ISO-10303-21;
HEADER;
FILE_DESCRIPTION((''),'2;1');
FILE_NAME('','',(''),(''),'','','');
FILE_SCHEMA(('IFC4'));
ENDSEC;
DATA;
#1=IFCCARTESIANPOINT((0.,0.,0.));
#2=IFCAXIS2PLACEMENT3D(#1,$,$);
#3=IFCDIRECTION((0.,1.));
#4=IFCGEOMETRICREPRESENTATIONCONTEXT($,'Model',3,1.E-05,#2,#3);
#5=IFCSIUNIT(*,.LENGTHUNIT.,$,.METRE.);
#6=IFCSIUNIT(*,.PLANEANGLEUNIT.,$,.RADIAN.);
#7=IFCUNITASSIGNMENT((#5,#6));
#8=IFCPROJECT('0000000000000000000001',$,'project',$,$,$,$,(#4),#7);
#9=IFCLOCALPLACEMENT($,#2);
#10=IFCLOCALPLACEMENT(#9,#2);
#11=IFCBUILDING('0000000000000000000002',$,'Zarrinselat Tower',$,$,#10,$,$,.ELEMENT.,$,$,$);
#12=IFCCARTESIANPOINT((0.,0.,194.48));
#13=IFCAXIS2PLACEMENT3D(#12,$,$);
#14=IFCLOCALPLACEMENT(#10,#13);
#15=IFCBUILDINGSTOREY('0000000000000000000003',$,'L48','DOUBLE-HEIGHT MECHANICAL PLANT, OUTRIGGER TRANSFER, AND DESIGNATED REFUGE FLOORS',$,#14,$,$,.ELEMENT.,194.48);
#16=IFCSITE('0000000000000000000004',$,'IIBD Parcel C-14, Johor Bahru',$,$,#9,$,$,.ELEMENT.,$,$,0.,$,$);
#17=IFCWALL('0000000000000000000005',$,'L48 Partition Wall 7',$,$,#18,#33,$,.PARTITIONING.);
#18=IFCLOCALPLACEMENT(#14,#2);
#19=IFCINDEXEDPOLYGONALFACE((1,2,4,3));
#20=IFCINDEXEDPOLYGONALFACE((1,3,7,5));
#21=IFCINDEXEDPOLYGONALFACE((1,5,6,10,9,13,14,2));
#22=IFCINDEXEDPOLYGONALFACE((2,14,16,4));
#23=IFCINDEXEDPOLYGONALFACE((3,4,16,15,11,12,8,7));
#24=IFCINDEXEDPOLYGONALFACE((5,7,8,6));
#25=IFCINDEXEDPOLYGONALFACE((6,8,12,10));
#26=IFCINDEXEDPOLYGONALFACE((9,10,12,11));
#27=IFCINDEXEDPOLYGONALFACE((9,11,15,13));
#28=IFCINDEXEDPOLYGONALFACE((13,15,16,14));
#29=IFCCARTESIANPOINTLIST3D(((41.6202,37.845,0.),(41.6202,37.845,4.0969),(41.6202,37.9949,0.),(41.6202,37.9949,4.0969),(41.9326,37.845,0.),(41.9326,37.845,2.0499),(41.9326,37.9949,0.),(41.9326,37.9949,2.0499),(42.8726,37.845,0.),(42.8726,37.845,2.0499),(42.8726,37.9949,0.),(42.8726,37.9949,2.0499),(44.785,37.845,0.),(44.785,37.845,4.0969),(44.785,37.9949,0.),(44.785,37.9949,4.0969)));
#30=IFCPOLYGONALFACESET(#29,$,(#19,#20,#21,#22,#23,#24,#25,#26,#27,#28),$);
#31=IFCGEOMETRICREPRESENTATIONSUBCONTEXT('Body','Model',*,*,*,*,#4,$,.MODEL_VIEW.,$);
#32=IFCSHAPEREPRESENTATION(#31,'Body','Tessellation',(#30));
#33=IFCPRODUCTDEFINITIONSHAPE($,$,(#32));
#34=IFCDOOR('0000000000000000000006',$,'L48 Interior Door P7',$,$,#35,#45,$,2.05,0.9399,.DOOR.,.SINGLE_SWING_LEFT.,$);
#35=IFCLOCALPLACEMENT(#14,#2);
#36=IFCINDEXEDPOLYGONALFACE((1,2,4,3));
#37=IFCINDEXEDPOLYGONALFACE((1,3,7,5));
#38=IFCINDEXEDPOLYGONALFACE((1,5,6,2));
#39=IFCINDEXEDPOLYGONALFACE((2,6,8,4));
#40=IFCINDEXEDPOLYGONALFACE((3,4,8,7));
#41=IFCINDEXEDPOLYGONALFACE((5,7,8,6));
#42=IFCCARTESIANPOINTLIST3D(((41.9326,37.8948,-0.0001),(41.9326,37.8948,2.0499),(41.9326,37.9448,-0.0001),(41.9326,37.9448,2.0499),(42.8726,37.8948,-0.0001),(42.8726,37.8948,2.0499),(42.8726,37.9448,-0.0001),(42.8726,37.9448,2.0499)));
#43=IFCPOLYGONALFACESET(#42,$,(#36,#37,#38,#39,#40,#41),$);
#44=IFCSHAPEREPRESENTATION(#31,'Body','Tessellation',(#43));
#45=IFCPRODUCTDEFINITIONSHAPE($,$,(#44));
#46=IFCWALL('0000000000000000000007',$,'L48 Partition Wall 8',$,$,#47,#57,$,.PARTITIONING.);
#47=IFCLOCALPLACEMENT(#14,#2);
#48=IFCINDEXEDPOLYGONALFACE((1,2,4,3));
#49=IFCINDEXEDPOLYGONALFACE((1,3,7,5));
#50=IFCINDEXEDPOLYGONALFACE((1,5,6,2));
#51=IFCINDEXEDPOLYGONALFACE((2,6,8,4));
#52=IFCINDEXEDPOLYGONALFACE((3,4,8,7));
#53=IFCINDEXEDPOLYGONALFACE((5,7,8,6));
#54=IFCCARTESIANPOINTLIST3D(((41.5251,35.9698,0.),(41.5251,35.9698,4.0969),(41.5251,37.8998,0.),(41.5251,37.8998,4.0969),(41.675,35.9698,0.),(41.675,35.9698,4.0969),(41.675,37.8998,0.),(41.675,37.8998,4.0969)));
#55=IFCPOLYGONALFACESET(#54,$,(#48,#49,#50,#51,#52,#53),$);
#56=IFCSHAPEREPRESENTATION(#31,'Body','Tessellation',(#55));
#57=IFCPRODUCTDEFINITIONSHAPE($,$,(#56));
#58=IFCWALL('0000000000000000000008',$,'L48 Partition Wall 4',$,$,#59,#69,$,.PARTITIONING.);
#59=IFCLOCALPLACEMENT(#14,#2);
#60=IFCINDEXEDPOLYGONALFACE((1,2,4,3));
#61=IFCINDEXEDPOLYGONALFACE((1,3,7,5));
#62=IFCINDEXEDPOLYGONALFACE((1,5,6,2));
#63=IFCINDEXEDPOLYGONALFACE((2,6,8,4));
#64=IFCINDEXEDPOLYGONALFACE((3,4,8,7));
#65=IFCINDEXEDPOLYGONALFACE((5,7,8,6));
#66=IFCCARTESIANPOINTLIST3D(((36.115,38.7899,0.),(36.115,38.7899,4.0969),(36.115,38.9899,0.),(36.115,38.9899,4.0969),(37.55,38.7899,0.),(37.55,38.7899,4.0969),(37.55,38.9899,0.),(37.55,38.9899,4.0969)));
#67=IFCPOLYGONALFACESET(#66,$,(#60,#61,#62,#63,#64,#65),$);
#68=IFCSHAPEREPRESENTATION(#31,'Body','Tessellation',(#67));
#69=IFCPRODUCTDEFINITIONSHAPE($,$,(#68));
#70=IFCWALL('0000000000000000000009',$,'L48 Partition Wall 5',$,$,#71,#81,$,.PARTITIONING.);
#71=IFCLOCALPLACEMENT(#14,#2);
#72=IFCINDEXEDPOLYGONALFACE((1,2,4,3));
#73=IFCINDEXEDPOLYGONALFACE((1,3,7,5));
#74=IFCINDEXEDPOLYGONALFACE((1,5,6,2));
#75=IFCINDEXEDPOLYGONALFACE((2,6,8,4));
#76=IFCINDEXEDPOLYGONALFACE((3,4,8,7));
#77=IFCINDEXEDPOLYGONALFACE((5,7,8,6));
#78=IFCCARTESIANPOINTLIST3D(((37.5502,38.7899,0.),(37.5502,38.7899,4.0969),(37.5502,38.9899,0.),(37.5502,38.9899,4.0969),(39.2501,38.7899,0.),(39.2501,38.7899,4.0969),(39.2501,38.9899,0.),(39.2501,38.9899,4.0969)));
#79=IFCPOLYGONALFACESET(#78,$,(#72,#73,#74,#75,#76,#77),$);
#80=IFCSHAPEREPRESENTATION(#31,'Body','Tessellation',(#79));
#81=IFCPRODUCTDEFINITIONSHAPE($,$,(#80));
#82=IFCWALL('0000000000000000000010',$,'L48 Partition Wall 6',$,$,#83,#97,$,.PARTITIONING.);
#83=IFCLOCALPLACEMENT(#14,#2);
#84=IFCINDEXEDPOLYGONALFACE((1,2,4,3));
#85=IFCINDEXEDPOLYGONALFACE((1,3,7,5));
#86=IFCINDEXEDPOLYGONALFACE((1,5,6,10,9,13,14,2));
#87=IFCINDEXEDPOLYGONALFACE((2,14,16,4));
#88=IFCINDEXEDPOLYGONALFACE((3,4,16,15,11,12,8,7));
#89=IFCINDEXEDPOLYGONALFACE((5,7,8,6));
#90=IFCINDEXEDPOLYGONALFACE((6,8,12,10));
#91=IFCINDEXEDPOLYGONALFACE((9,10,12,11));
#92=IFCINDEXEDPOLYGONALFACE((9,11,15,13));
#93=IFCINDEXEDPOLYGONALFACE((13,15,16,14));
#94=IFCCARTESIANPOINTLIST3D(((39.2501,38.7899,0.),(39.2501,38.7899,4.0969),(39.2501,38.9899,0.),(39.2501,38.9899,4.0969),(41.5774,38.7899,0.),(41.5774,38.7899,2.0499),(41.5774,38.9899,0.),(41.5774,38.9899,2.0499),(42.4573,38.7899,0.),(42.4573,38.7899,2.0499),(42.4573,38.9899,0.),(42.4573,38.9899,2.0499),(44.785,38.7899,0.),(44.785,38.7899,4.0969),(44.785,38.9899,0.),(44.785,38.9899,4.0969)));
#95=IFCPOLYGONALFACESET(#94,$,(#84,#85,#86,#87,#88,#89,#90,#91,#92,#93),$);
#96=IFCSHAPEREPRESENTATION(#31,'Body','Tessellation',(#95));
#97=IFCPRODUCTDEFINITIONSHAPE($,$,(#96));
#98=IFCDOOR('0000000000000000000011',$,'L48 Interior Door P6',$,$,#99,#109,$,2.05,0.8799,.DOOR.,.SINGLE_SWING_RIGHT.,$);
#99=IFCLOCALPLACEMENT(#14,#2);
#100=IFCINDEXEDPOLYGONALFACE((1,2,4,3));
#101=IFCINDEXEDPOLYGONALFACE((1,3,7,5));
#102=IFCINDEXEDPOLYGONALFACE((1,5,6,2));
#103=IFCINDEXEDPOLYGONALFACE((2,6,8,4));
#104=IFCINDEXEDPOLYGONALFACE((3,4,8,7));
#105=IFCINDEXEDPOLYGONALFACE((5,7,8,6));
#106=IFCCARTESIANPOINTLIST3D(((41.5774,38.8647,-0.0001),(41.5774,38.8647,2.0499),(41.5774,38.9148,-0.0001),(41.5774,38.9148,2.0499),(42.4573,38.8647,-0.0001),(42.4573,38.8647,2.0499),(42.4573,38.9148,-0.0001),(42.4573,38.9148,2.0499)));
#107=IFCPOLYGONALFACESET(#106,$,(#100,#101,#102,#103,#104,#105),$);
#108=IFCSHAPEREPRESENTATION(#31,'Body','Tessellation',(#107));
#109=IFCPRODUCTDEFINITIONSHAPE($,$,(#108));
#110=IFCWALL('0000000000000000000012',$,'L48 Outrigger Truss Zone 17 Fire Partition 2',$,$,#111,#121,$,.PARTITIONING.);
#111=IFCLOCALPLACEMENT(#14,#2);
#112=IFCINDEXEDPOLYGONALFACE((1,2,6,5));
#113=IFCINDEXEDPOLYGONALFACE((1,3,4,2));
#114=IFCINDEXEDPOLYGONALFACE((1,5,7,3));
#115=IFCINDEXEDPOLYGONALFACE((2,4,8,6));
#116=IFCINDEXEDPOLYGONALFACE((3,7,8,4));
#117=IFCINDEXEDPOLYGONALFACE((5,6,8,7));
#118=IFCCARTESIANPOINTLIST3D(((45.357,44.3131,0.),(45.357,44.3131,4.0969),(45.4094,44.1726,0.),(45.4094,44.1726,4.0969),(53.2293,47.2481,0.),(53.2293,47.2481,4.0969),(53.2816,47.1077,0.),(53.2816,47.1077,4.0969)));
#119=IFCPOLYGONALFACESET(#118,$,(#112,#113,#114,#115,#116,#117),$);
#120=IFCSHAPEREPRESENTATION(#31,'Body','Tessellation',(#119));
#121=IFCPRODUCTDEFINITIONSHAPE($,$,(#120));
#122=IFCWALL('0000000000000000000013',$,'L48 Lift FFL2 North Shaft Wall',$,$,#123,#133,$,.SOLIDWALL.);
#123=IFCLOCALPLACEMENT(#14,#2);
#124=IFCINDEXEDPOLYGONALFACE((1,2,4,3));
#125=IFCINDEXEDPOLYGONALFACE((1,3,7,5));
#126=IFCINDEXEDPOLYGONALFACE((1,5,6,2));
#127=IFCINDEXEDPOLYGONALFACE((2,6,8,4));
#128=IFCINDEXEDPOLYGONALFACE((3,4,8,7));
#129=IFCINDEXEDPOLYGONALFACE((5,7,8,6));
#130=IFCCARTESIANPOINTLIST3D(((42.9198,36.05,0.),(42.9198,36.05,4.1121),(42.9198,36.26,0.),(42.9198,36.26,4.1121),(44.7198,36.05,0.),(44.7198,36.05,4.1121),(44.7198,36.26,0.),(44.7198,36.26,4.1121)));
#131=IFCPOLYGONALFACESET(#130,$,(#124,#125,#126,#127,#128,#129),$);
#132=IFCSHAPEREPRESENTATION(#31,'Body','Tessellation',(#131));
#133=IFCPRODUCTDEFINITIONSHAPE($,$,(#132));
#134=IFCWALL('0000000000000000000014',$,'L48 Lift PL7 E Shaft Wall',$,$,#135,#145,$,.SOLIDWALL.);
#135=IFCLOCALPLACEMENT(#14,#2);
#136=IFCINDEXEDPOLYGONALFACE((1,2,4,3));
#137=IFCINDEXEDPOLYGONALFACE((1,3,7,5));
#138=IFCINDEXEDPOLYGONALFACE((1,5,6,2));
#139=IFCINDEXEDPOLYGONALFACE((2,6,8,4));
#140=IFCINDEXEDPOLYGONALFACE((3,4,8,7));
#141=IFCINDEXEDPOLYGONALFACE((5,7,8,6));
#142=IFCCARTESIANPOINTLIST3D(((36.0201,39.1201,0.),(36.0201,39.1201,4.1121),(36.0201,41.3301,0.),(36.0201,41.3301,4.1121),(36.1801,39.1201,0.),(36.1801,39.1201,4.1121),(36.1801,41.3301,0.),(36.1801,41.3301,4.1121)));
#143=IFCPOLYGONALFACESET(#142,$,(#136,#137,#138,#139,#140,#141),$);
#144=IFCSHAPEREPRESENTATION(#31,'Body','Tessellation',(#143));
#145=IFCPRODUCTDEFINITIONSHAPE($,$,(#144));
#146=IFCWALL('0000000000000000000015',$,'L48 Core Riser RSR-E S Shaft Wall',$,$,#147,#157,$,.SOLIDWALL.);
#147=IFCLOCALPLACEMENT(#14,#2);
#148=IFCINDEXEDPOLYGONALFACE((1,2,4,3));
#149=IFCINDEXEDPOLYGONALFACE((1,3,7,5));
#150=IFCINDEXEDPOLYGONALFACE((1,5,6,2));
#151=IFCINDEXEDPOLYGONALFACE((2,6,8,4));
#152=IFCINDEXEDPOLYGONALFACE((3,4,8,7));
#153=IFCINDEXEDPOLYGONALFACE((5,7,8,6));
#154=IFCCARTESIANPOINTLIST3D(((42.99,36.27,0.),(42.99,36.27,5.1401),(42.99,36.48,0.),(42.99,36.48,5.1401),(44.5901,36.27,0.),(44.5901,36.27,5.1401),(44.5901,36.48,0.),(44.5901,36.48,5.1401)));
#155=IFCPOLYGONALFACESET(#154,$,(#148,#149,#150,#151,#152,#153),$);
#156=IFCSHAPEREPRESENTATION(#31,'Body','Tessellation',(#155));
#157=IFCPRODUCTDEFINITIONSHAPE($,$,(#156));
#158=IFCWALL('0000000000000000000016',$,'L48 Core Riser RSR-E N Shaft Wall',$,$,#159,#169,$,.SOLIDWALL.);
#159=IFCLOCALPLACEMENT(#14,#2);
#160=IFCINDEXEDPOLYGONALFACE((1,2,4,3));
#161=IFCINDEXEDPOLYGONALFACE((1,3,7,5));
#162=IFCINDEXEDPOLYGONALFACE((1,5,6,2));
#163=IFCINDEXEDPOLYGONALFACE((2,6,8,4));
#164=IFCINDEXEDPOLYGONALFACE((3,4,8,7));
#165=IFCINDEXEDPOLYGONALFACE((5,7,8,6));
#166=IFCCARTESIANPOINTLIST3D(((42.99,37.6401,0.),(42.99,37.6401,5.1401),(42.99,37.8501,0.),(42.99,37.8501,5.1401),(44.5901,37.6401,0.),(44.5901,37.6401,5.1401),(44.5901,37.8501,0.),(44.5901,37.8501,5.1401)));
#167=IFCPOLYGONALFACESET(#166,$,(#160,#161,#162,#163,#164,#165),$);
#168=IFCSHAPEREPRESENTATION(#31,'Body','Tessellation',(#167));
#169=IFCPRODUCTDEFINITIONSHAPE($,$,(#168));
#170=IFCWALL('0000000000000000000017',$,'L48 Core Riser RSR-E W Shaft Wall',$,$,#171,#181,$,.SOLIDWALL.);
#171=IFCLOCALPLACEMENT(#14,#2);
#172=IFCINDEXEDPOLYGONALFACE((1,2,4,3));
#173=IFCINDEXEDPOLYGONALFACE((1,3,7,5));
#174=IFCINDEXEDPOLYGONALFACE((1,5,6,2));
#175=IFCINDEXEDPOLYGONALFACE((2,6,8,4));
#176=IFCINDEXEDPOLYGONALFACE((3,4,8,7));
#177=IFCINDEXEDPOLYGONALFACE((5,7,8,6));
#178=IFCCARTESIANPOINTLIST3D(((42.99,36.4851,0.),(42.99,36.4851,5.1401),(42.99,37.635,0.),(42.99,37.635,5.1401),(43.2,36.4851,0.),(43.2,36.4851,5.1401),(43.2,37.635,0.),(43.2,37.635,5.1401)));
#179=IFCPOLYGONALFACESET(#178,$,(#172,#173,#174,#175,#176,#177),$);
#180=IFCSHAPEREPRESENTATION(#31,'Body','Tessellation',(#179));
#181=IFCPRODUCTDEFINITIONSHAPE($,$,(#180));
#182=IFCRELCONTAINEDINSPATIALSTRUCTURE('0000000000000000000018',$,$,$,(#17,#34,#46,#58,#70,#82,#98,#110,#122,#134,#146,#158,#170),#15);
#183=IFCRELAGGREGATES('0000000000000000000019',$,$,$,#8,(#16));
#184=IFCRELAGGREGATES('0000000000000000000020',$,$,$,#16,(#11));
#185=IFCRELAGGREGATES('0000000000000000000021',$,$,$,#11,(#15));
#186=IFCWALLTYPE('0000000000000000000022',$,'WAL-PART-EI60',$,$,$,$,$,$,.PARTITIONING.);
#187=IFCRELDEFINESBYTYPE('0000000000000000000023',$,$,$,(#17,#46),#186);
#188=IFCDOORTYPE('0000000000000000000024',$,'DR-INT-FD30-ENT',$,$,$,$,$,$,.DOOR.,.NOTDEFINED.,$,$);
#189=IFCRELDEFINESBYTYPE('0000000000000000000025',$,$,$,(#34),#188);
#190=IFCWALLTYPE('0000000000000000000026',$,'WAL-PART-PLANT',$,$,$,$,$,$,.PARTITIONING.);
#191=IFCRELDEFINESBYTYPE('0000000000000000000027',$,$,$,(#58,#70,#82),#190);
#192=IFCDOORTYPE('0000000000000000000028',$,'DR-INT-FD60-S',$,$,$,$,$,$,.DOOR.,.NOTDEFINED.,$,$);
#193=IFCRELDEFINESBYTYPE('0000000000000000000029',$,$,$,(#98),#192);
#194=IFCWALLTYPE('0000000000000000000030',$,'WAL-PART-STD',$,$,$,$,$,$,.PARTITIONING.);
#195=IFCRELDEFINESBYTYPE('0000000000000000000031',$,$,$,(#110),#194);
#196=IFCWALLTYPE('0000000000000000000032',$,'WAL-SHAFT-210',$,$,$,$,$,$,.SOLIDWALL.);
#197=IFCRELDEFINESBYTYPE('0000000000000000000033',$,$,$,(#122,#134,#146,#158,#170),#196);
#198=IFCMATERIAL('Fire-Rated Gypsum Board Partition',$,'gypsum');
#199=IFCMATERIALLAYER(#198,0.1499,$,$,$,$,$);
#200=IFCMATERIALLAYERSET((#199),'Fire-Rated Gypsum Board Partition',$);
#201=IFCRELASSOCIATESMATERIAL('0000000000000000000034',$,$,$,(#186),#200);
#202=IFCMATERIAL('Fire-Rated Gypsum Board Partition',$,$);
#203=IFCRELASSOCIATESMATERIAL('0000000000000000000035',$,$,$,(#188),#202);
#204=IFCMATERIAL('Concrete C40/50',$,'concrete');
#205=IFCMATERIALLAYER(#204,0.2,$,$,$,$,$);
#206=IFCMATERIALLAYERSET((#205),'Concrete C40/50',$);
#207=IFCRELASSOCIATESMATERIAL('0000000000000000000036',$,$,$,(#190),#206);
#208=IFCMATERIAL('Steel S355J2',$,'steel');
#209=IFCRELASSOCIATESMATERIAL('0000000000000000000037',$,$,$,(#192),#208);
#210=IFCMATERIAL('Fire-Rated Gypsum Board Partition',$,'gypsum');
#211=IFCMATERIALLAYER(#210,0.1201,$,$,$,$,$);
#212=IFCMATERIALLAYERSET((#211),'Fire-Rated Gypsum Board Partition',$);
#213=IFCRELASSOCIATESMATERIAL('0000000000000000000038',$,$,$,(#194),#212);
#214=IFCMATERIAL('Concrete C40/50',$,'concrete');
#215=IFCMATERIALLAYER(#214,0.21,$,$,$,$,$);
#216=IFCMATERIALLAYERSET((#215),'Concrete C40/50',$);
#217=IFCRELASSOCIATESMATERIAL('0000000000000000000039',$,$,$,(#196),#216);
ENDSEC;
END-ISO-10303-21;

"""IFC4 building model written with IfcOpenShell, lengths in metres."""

from ifc_helpers import new_model, si_unit, direction, frame, frame_2d, origin, place, context, subcontext, project, spatial, rectangle, extrude, material, layer, layer_set, type_object, element, fill, save


model = new_model("IFC4")

# Units and contexts
model_context = context("Model", 3, precision=1e-05, world=origin(), true_north=direction((0.0, 1.0)))
body_context = subcontext(model_context, "Body", "Model", "MODEL_VIEW")
ifc_project = project(units=[si_unit("LENGTHUNIT", "METRE"), si_unit("PLANEANGLEUNIT", "RADIAN")], contexts=[model_context])

# Site, building, storey
site_placement = place(None, origin())
site = spatial("IfcSite", under=ifc_project, at=site_placement, Name="IIBD Parcel C-14, Johor Bahru", CompositionType="ELEMENT", RefElevation=0.0)
building_placement = place(site_placement, origin())
building = spatial("IfcBuilding", under=site, at=building_placement, Name="Zarrinselat Tower", CompositionType="ELEMENT")
storey_placement = place(building_placement, frame((0.0, 0.0, 194.48)))
storey = spatial("IfcBuildingStorey", under=building, at=storey_placement, Name="L48", Description="DOUBLE-HEIGHT MECHANICAL PLANT, OUTRIGGER TRANSFER, AND DESIGNATED REFUGE FLOORS", CompositionType="ELEMENT", Elevation=194.48)

# Wall, opening, door
ifc_material_1 = material(Name="Fire-Rated Gypsum Board Partition", Category="gypsum")
ifc_layer_1 = layer(ifc_material_1, 0.1499)
ifc_layer_set_1 = layer_set([ifc_layer_1], Name="Fire-Rated Gypsum Board Partition")
wall_type_1 = type_object("IfcWallType", Name="WAL-PART-EI60", PredefinedType="PARTITIONING", material=ifc_layer_set_1)
wall_1_placement = place(storey_placement, frame((41.6201, 37.9199, 0.0), z_axis=(0.0, 0.0, 1.0), x_axis=(1.0, 0.0, 0.0)))
wall_1 = element("IfcWall", 1, at=wall_1_placement, inside=storey, type_object=wall_type_1, Name="L48 Partition Wall 7", PredefinedType="PARTITIONING", context=body_context, shape_type="SweptSolid", body=[
    extrude(rectangle(XDim=3.1648, YDim=0.1499, at=frame_2d((1.5825, 0.0))), origin(), (0.0, 0.0, 1.0), 4.0969),
])
opening_1_placement = place(wall_1_placement, frame((0.3125, 0.0, 0.0)))
opening_1 = element("IfcOpeningElement", 2, at=opening_1_placement, cuts=wall_1, PredefinedType="OPENING", context=body_context, shape_type="SweptSolid", body=[
    extrude(rectangle(XDim=0.9399, YDim=2.05, at=frame_2d((0.47, 1.0249))), frame((0.0, 0.085, 0.0), z_axis=(0.0, -1.0, 0.0), x_axis=(1.0, 0.0, 0.0)), (0.0, 0.0, 1.0), 0.1699),
])
ifc_material_2 = material(Name="Fire-Rated Gypsum Board Partition")
door_type_1 = type_object("IfcDoorType", Name="DR-INT-FD30-ENT", OperationType="NOTDEFINED", PredefinedType="DOOR", material=ifc_material_2)
door_1_placement = place(opening_1_placement, origin())
door_1 = element("IfcDoor", 3, at=door_1_placement, inside=storey, type_object=door_type_1, Name="L48 Interior Door P7", OperationType="SINGLE_SWING_LEFT", OverallHeight=2.05, OverallWidth=0.9399, PredefinedType="DOOR", context=body_context, shape_type="SweptSolid", body=[
    extrude(rectangle(XDim=0.9399, YDim=2.05, at=frame_2d((0.47, 1.0249))), frame((0.0, 0.0249, 0.0), z_axis=(0.0, -1.0, 0.0), x_axis=(1.0, 0.0, 0.0)), (0.0, 0.0, 1.0), 0.05),
])
fill(opening_1, door_1)

# Walls
wall_2_placement = place(storey_placement, frame((41.6001, 35.97, 0.0), z_axis=(0.0, 0.0, 1.0), x_axis=(0.0, 1.0, 0.0)))
element("IfcWall", 4, at=wall_2_placement, inside=storey, type_object=wall_type_1, Name="L48 Partition Wall 8", PredefinedType="PARTITIONING", context=body_context, shape_type="SweptSolid", body=[
    extrude(rectangle(XDim=1.9299, YDim=0.1499, at=frame_2d((0.9648, 0.0))), origin(), (0.0, 0.0, 1.0), 4.0969),
])
ifc_material_3 = material(Name="Concrete C40/50", Category="concrete")
ifc_layer_2 = layer(ifc_material_3, 0.2)
ifc_layer_set_2 = layer_set([ifc_layer_2], Name="Concrete C40/50")
wall_type_2 = type_object("IfcWallType", Name="WAL-PART-PLANT", PredefinedType="PARTITIONING", material=ifc_layer_set_2)
wall_3_placement = place(storey_placement, frame((36.115, 38.8899, 0.0), z_axis=(0.0, 0.0, 1.0), x_axis=(1.0, 0.0, 0.0)))
element("IfcWall", 5, at=wall_3_placement, inside=storey, type_object=wall_type_2, Name="L48 Partition Wall 4", PredefinedType="PARTITIONING", context=body_context, shape_type="SweptSolid", body=[
    extrude(rectangle(XDim=1.4351, YDim=0.2, at=frame_2d((0.7175, 0.0))), origin(), (0.0, 0.0, 1.0), 4.0969),
])
wall_4_placement = place(storey_placement, frame((37.55, 38.8899, 0.0), z_axis=(0.0, 0.0, 1.0), x_axis=(1.0, 0.0, 0.0)))
element("IfcWall", 6, at=wall_4_placement, inside=storey, type_object=wall_type_2, Name="L48 Partition Wall 5", PredefinedType="PARTITIONING", context=body_context, shape_type="SweptSolid", body=[
    extrude(rectangle(XDim=1.7, YDim=0.2, at=frame_2d((0.8501, 0.0))), origin(), (0.0, 0.0, 1.0), 4.0969),
])

# Wall, opening, door
wall_5_placement = place(storey_placement, frame((39.25, 38.8899, 0.0), z_axis=(0.0, 0.0, 1.0), x_axis=(1.0, 0.0, 0.0)))
wall_5 = element("IfcWall", 7, at=wall_5_placement, inside=storey, type_object=wall_type_2, Name="L48 Partition Wall 6", PredefinedType="PARTITIONING", context=body_context, shape_type="SweptSolid", body=[
    extrude(rectangle(XDim=5.5349, YDim=0.2, at=frame_2d((2.7676, 0.0))), origin(), (0.0, 0.0, 1.0), 4.0969),
])
opening_2_placement = place(wall_5_placement, frame((2.3274, 0.0, 0.0)))
opening_2 = element("IfcOpeningElement", 8, at=opening_2_placement, cuts=wall_5, PredefinedType="OPENING", context=body_context, shape_type="SweptSolid", body=[
    extrude(rectangle(XDim=0.8799, YDim=2.05, at=frame_2d((0.4399, 1.0249))), frame((0.0, 0.1099, 0.0), z_axis=(0.0, -1.0, 0.0), x_axis=(1.0, 0.0, 0.0)), (0.0, 0.0, 1.0), 0.22),
])
ifc_material_4 = material(Name="Steel S355J2", Category="steel")
door_type_2 = type_object("IfcDoorType", Name="DR-INT-FD60-S", OperationType="NOTDEFINED", PredefinedType="DOOR", material=ifc_material_4)
door_2_placement = place(opening_2_placement, origin())
door_2 = element("IfcDoor", 9, at=door_2_placement, inside=storey, type_object=door_type_2, Name="L48 Interior Door P6", OperationType="SINGLE_SWING_RIGHT", OverallHeight=2.05, OverallWidth=0.8799, PredefinedType="DOOR", context=body_context, shape_type="SweptSolid", body=[
    extrude(rectangle(XDim=0.8799, YDim=2.05, at=frame_2d((0.4399, 1.0249))), frame((0.0, 0.0249, 0.0), z_axis=(0.0, -1.0, 0.0), x_axis=(1.0, 0.0, 0.0)), (0.0, 0.0, 1.0), 0.05),
])
fill(opening_2, door_2)

# Walls
ifc_material_5 = material(Name="Fire-Rated Gypsum Board Partition", Category="gypsum")
ifc_layer_3 = layer(ifc_material_5, 0.1201)
ifc_layer_set_3 = layer_set([ifc_layer_3], Name="Fire-Rated Gypsum Board Partition")
wall_type_3 = type_object("IfcWallType", Name="WAL-PART-STD", PredefinedType="PARTITIONING", material=ifc_layer_set_3)
wall_6_placement = place(storey_placement, frame((45.3833, 44.2429, 0.0), z_axis=(0.0, 0.0, 1.0), x_axis=(0.936995, 0.349343, 0.0)))
element("IfcWall", 10, at=wall_6_placement, inside=storey, type_object=wall_type_3, Name="L48 Outrigger Truss Zone 17 Fire Partition 2", PredefinedType="PARTITIONING", context=body_context, shape_type="SweptSolid", body=[
    extrude(rectangle(XDim=8.4016, YDim=0.1499, at=frame_2d((4.2007, 0.0))), origin(), (0.0, 0.0, 1.0), 4.0969),
])
ifc_material_6 = material(Name="Concrete C40/50", Category="concrete")
ifc_layer_4 = layer(ifc_material_6, 0.21)
ifc_layer_set_4 = layer_set([ifc_layer_4], Name="Concrete C40/50")
wall_type_4 = type_object("IfcWallType", Name="WAL-SHAFT-210", PredefinedType="SOLIDWALL", material=ifc_layer_set_4)
wall_7_placement = place(storey_placement, frame((42.9199, 36.155, 0.0), z_axis=(0.0, 0.0, 1.0), x_axis=(1.0, 0.0, 0.0)))
element("IfcWall", 11, at=wall_7_placement, inside=storey, type_object=wall_type_4, Name="L48 Lift FFL2 North Shaft Wall", PredefinedType="SOLIDWALL", context=body_context, shape_type="SweptSolid", body=[
    extrude(rectangle(XDim=1.8, YDim=0.21, at=frame_2d((0.8999, 0.0))), origin(), (0.0, 0.0, 1.0), 4.1121),
])
wall_8_placement = place(storey_placement, frame((36.1001, 39.1201, 0.0), z_axis=(0.0, 0.0, 1.0), x_axis=(0.0, 1.0, 0.0)))
element("IfcWall", 12, at=wall_8_placement, inside=storey, type_object=wall_type_4, Name="L48 Lift PL7 E Shaft Wall", PredefinedType="SOLIDWALL", context=body_context, shape_type="SweptSolid", body=[
    extrude(rectangle(XDim=2.21, YDim=0.1599, at=frame_2d((1.105, 0.0))), origin(), (0.0, 0.0, 1.0), 4.1121),
])
for number, where, z_axis, x_axis, name in (
    (13, (42.99, 36.375, 0.0), (0.0, 0.0, 1.0), (1.0, 0.0, 0.0), "L48 Core Riser RSR-E S Shaft Wall"),
    (14, (42.99, 37.7451, 0.0), (0.0, 0.0, 1.0), (1.0, 0.0, 0.0), "L48 Core Riser RSR-E N Shaft Wall"),
):
    element("IfcWall", number, at=place(storey_placement, frame(where, z_axis=z_axis, x_axis=x_axis)), inside=storey, type_object=wall_type_4, Name=name, PredefinedType="SOLIDWALL", context=body_context, shape_type="SweptSolid", body=[
        extrude(rectangle(XDim=1.6001, YDim=0.21, at=frame_2d((0.8, 0.0))), origin(), (0.0, 0.0, 1.0), 5.1401),
    ])
for number, where, z_axis, x_axis, name in (
    (15, (43.095, 36.4851, 0.0), (0.0, 0.0, 1.0), (0.0, 1.0, 0.0), "L48 Core Riser RSR-E W Shaft Wall"),
):
    element("IfcWall", number, at=place(storey_placement, frame(where, z_axis=z_axis, x_axis=x_axis)), inside=storey, type_object=wall_type_4, Name=name, PredefinedType="SOLIDWALL", context=body_context, shape_type="SweptSolid", body=[
        extrude(rectangle(XDim=1.1499, YDim=0.21, at=frame_2d((0.575, 0.0))), origin(), (0.0, 0.0, 1.0), 5.1401),
    ])

save(model, "model.ifc")
